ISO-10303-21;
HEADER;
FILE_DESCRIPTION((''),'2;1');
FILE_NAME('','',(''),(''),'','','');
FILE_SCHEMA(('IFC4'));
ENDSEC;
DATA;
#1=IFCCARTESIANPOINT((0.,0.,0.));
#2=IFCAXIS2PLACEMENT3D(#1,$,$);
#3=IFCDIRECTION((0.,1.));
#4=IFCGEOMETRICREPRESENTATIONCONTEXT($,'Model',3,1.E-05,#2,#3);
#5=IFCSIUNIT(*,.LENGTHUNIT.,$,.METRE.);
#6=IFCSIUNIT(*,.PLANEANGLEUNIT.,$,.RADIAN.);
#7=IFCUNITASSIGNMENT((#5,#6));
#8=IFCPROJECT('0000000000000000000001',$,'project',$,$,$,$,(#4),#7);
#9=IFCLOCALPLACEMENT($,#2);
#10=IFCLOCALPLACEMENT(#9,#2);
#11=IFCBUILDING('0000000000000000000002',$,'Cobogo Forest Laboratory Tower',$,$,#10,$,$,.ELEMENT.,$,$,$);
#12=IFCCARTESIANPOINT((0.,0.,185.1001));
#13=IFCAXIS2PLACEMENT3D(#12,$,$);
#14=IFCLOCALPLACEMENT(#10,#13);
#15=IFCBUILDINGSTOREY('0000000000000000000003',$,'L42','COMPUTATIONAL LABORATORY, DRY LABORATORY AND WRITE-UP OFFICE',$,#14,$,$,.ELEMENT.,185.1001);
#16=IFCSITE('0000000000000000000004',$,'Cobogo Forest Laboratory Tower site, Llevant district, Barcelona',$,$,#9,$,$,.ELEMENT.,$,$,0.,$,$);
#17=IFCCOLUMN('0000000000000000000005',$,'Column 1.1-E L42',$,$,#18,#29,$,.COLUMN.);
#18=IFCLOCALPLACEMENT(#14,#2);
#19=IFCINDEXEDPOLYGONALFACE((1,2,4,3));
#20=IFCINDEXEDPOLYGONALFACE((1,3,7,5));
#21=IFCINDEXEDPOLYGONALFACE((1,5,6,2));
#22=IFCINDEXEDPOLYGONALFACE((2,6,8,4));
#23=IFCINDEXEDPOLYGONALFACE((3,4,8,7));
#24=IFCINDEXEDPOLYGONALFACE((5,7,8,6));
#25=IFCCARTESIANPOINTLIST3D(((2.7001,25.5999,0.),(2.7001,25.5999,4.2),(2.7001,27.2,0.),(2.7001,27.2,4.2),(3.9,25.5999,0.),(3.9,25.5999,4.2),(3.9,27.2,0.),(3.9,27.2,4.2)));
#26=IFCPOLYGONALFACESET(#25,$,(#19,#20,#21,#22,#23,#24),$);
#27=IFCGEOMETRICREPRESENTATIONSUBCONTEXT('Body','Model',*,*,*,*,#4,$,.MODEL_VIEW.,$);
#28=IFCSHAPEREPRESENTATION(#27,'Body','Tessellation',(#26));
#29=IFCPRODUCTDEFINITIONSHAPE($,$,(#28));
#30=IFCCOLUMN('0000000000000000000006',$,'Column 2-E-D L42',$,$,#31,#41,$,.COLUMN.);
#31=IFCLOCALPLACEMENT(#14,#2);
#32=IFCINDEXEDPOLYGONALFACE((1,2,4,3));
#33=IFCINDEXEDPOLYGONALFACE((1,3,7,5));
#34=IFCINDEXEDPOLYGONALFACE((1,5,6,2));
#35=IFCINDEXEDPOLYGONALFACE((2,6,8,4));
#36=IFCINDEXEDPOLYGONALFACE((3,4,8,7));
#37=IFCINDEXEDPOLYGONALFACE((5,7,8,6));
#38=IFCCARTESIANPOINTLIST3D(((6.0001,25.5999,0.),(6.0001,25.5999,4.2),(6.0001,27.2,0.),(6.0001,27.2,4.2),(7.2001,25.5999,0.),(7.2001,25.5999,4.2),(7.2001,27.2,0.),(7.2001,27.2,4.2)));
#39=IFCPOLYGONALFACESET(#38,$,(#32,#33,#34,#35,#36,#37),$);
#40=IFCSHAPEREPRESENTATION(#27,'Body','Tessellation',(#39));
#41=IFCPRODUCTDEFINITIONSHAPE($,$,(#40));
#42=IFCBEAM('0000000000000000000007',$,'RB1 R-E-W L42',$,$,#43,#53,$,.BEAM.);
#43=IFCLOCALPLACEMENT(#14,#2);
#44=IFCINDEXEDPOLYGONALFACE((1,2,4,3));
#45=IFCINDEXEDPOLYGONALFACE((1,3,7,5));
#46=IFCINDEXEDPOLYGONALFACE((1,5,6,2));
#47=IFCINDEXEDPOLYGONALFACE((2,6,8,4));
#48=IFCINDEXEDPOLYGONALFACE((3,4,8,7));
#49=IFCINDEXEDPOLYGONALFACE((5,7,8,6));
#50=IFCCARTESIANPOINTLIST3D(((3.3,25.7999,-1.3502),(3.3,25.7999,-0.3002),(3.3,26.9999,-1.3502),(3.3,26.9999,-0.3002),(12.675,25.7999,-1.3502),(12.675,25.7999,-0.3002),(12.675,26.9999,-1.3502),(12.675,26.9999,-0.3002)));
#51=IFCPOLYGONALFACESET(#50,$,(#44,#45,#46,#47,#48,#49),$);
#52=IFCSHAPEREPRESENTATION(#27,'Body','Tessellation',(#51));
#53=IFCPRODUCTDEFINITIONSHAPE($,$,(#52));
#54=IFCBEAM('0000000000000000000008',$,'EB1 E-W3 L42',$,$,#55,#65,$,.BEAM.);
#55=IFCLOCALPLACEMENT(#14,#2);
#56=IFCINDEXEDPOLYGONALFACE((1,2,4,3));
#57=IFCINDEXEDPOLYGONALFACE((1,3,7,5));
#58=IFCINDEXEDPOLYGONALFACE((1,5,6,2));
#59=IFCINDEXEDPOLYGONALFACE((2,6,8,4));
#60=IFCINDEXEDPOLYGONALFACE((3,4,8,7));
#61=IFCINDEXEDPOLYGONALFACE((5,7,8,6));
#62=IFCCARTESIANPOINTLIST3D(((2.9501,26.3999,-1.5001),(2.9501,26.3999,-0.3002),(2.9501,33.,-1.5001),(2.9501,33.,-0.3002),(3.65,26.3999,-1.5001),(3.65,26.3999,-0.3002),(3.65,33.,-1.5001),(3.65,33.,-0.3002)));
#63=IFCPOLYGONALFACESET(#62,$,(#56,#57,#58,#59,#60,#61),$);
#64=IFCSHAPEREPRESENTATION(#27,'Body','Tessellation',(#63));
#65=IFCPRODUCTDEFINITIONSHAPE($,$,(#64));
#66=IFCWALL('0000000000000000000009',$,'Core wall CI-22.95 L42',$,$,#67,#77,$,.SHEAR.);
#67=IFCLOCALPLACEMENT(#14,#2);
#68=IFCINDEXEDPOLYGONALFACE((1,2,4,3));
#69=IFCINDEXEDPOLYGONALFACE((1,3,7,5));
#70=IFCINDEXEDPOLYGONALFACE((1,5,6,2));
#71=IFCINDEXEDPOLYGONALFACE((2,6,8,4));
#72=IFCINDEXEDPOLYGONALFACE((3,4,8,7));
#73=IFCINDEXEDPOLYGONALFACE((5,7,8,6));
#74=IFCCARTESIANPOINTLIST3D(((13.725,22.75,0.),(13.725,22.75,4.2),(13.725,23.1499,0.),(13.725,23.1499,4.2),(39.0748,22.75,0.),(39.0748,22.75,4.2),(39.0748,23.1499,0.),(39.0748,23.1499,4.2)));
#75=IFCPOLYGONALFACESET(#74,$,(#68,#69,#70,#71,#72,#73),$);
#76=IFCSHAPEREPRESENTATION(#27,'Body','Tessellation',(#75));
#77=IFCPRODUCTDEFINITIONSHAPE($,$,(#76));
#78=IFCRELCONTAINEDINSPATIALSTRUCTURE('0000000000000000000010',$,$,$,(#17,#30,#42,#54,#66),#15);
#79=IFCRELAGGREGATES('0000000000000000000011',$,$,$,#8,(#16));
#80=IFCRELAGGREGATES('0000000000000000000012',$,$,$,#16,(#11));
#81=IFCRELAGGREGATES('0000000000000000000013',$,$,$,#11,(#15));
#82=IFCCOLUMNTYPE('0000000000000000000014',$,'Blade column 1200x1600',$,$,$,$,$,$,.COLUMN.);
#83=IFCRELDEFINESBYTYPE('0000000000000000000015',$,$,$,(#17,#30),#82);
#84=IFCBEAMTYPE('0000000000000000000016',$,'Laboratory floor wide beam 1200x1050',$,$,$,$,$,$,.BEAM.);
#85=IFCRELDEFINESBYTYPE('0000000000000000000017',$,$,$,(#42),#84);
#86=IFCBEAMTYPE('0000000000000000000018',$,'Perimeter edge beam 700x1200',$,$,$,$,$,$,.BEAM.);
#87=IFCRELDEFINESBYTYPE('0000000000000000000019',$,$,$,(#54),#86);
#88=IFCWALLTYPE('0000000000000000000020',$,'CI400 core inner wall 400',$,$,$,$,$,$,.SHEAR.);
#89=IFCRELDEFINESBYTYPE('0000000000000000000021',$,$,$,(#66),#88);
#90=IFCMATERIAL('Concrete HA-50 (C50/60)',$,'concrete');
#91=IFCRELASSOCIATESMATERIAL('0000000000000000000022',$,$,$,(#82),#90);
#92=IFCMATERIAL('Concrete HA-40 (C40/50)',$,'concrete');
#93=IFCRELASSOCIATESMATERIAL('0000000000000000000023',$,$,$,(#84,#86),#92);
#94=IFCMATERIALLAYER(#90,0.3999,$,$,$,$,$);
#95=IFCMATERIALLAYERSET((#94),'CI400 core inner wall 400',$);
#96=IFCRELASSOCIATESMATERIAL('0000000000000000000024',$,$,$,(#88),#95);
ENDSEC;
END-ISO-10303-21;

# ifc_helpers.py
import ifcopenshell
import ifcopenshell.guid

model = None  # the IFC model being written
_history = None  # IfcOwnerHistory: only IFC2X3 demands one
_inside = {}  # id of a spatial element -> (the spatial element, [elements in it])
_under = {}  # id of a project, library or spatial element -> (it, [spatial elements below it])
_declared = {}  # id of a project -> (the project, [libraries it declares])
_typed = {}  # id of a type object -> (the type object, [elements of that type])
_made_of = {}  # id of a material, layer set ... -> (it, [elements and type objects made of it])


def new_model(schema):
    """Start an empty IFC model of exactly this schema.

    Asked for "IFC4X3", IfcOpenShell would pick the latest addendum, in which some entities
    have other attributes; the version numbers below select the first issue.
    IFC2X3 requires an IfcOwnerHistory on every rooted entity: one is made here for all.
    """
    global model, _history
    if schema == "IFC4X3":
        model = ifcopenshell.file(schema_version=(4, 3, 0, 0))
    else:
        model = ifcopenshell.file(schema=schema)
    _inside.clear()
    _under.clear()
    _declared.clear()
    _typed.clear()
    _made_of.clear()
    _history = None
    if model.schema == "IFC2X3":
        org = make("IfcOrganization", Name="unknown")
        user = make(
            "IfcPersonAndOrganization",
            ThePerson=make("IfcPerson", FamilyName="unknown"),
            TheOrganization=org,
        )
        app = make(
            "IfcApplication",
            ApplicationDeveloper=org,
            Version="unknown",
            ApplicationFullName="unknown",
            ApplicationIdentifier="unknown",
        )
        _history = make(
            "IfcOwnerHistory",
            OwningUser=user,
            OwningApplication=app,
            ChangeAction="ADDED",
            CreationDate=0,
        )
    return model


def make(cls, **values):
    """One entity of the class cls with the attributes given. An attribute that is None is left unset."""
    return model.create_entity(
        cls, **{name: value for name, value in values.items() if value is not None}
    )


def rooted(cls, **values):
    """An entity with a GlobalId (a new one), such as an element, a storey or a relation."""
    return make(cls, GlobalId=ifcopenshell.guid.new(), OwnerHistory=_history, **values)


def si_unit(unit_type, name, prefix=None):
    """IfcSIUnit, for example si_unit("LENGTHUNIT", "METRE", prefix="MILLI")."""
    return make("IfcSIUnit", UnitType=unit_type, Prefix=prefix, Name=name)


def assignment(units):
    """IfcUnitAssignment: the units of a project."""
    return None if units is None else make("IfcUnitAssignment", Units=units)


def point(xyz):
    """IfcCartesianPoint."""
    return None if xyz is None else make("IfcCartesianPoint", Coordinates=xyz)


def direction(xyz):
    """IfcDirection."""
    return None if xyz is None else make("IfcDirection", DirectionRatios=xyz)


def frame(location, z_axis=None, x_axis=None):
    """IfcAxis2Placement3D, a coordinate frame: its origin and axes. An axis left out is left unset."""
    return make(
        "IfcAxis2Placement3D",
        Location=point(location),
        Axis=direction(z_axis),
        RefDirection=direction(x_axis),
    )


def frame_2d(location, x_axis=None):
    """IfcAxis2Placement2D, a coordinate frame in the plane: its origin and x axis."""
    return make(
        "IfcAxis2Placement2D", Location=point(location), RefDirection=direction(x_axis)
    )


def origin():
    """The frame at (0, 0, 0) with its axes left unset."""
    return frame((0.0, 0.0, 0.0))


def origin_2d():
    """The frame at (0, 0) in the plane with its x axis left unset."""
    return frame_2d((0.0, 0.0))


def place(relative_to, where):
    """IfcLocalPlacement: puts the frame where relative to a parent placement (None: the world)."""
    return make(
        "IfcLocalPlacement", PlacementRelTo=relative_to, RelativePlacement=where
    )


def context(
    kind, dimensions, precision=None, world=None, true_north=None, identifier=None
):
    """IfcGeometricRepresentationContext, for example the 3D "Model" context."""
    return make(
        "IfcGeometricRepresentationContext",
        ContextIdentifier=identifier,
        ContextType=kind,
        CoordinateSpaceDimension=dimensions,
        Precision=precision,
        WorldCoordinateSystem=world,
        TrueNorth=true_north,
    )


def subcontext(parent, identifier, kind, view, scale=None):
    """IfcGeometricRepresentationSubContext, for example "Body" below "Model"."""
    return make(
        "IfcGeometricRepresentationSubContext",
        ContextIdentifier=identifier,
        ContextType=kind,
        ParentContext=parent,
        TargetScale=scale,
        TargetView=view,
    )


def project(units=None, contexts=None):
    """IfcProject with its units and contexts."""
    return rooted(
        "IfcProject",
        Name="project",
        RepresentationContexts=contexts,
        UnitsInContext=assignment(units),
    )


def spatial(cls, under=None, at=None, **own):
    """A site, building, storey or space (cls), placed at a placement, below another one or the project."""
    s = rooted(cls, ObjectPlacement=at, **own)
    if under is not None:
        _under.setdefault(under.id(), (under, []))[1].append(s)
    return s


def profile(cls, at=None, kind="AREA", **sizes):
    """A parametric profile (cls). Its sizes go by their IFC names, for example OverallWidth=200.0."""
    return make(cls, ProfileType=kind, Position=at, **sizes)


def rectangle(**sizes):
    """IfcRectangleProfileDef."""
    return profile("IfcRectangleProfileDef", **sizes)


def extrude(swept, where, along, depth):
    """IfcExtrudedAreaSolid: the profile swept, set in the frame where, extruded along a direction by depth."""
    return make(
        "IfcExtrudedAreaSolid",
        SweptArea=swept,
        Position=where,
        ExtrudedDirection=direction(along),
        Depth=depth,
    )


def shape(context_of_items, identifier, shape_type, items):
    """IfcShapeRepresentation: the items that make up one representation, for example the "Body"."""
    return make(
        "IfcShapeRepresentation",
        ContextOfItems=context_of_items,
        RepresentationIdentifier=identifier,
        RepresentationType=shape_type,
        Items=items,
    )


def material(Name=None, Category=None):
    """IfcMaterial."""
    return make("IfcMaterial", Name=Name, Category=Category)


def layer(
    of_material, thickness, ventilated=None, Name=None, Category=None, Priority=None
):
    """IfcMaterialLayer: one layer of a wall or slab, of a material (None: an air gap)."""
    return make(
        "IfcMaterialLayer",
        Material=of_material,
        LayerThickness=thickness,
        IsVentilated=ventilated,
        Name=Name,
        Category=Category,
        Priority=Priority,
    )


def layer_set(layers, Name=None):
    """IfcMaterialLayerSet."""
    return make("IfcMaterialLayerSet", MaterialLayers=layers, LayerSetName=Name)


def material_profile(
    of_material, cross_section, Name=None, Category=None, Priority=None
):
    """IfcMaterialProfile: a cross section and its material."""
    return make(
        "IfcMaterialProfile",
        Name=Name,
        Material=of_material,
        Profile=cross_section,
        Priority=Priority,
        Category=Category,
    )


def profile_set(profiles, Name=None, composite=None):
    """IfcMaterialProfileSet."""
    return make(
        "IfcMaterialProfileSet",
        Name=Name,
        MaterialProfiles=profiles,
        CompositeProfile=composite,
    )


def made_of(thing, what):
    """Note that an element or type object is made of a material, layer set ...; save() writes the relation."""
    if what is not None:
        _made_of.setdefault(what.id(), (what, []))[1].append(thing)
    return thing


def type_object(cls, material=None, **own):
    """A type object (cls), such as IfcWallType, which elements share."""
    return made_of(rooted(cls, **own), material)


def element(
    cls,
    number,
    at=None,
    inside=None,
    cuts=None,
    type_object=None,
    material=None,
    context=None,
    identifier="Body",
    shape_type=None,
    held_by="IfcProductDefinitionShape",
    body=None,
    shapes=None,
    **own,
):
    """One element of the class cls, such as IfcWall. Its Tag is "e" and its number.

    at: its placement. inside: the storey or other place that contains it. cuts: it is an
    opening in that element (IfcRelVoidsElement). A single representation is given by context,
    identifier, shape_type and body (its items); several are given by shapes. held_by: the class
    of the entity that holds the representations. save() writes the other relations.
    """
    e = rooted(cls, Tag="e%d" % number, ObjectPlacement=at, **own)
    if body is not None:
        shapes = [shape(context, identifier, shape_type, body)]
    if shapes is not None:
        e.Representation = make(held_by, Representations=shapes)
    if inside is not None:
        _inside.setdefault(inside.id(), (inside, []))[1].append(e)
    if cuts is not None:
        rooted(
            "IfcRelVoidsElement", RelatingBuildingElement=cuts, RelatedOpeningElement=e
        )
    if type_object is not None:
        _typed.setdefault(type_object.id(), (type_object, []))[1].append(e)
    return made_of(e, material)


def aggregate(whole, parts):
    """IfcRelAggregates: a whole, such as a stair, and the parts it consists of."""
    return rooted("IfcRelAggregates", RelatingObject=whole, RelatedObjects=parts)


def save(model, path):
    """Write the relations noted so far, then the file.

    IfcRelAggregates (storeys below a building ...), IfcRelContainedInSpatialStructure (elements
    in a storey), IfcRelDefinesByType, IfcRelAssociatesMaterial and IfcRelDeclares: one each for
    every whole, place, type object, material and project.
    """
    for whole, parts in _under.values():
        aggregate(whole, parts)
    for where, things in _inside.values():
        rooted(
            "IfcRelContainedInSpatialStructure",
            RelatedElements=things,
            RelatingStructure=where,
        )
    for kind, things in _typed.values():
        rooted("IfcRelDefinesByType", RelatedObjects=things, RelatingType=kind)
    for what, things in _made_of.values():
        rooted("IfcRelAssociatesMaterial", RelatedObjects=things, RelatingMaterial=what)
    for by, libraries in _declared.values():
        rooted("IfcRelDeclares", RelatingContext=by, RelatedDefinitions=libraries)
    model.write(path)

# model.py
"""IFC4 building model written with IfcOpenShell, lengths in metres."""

from ifc_helpers import new_model, si_unit, direction, frame, frame_2d, origin, origin_2d, place, context, subcontext, project, spatial, rectangle, extrude, material, layer, layer_set, material_profile, profile_set, type_object, element, save


model = new_model("IFC4")

# Units and contexts
model_context = context("Model", 3, precision=1e-05, world=origin(), true_north=direction((0.0, 1.0)))
body_context = subcontext(model_context, "Body", "Model", "MODEL_VIEW")
ifc_project = project(units=[si_unit("LENGTHUNIT", "METRE"), si_unit("PLANEANGLEUNIT", "RADIAN")], contexts=[model_context])

# Site, building, storey
site_placement = place(None, origin())
site = spatial("IfcSite", under=ifc_project, at=site_placement, Name="Cobogo Forest Laboratory Tower site, Llevant district, Barcelona", CompositionType="ELEMENT", RefElevation=0.0)
building_placement = place(site_placement, origin())
building = spatial("IfcBuilding", under=site, at=building_placement, Name="Cobogo Forest Laboratory Tower", CompositionType="ELEMENT")
storey_placement = place(building_placement, frame((0.0, 0.0, 185.1001)))
storey = spatial("IfcBuildingStorey", under=building, at=storey_placement, Name="L42", Description="COMPUTATIONAL LABORATORY, DRY LABORATORY AND WRITE-UP OFFICE", CompositionType="ELEMENT", Elevation=185.1001)

# Columns
ifc_material_1 = material(Name="Concrete HA-50 (C50/60)", Category="concrete")
ifc_material_profile_1 = material_profile(ifc_material_1, rectangle(XDim=1.6001, YDim=1.2, at=origin_2d()), Name="RC 1200x1600")
ifc_profile_set_1 = profile_set([ifc_material_profile_1], Name="Concrete HA-50 (C50/60)")
column_type = type_object("IfcColumnType", Name="Blade column 1200x1600", PredefinedType="COLUMN", material=ifc_profile_set_1)
for number, where, z_axis, x_axis, name in (
    (1, (3.3, 26.3999, 0.0), (0.0, 0.0, 1.0), (0.0, 1.0, 0.0), "Column 1.1-E L42"),
    (2, (6.6001, 26.3999, 0.0), (0.0, 0.0, 1.0), (0.0, 1.0, 0.0), "Column 2-E-D L42"),
):
    element("IfcColumn", number, at=place(storey_placement, frame(where, z_axis=z_axis, x_axis=x_axis)), inside=storey, type_object=column_type, Name=name, PredefinedType="COLUMN", context=body_context, shape_type="SweptSolid", body=[
        extrude(rectangle(XDim=1.6001, YDim=1.2, at=origin_2d()), origin(), (0.0, 0.0, 1.0), 4.2),
    ])

# Beams
ifc_material_2 = material(Name="Concrete HA-40 (C40/50)", Category="concrete")
ifc_material_profile_2 = material_profile(ifc_material_2, rectangle(XDim=1.2, YDim=1.05, at=origin_2d()), Name="RC 1200x1050")
ifc_profile_set_2 = profile_set([ifc_material_profile_2], Name="Concrete HA-40 (C40/50)")
beam_type_1 = type_object("IfcBeamType", Name="Laboratory floor wide beam 1200x1050", PredefinedType="BEAM", material=ifc_profile_set_2)
beam_1_placement = place(storey_placement, frame((12.675, 26.3999, -0.8252), z_axis=(-1.0, 0.0, 0.0), x_axis=(0.0, -1.0, 0.0)))
element("IfcBeam", 3, at=beam_1_placement, inside=storey, type_object=beam_type_1, Name="RB1 R-E-W L42", PredefinedType="BEAM", context=body_context, shape_type="SweptSolid", body=[
    extrude(rectangle(XDim=1.2, YDim=1.05, at=origin_2d()), origin(), (0.0, 0.0, 1.0), 9.375),
])
ifc_material_profile_3 = material_profile(ifc_material_2, rectangle(XDim=0.7, YDim=1.2, at=origin_2d()), Name="RC 700x1200")
ifc_profile_set_3 = profile_set([ifc_material_profile_3], Name="Concrete HA-40 (C40/50)")
beam_type_2 = type_object("IfcBeamType", Name="Perimeter edge beam 700x1200", PredefinedType="BEAM", material=ifc_profile_set_3)
beam_2_placement = place(storey_placement, frame((3.3, 26.3999, -0.9001), z_axis=(0.0, 1.0, 0.0), x_axis=(-1.0, 0.0, 0.0)))
element("IfcBeam", 4, at=beam_2_placement, inside=storey, type_object=beam_type_2, Name="EB1 E-W3 L42", PredefinedType="BEAM", context=body_context, shape_type="SweptSolid", body=[
    extrude(rectangle(XDim=0.7, YDim=1.2, at=origin_2d()), origin(), (0.0, 0.0, 1.0), 6.6001),
])

# Wall
ifc_layer_1 = layer(ifc_material_1, 0.3999)
ifc_layer_set_1 = layer_set([ifc_layer_1], Name="CI400 core inner wall 400")
wall_type_1 = type_object("IfcWallType", Name="CI400 core inner wall 400", PredefinedType="SHEAR", material=ifc_layer_set_1)
wall_1_placement = place(storey_placement, frame((13.7251, 22.95, 0.0), z_axis=(0.0, 0.0, 1.0), x_axis=(1.0, 0.0, 0.0)))
element("IfcWall", 5, at=wall_1_placement, inside=storey, type_object=wall_type_1, Name="Core wall CI-22.95 L42", PredefinedType="SHEAR", context=body_context, shape_type="SweptSolid", body=[
    extrude(rectangle(XDim=25.3499, YDim=0.3999, at=frame_2d((12.6748, 0.0))), origin(), (0.0, 0.0, 1.0), 4.2),
])

save(model, "model.ifc")
